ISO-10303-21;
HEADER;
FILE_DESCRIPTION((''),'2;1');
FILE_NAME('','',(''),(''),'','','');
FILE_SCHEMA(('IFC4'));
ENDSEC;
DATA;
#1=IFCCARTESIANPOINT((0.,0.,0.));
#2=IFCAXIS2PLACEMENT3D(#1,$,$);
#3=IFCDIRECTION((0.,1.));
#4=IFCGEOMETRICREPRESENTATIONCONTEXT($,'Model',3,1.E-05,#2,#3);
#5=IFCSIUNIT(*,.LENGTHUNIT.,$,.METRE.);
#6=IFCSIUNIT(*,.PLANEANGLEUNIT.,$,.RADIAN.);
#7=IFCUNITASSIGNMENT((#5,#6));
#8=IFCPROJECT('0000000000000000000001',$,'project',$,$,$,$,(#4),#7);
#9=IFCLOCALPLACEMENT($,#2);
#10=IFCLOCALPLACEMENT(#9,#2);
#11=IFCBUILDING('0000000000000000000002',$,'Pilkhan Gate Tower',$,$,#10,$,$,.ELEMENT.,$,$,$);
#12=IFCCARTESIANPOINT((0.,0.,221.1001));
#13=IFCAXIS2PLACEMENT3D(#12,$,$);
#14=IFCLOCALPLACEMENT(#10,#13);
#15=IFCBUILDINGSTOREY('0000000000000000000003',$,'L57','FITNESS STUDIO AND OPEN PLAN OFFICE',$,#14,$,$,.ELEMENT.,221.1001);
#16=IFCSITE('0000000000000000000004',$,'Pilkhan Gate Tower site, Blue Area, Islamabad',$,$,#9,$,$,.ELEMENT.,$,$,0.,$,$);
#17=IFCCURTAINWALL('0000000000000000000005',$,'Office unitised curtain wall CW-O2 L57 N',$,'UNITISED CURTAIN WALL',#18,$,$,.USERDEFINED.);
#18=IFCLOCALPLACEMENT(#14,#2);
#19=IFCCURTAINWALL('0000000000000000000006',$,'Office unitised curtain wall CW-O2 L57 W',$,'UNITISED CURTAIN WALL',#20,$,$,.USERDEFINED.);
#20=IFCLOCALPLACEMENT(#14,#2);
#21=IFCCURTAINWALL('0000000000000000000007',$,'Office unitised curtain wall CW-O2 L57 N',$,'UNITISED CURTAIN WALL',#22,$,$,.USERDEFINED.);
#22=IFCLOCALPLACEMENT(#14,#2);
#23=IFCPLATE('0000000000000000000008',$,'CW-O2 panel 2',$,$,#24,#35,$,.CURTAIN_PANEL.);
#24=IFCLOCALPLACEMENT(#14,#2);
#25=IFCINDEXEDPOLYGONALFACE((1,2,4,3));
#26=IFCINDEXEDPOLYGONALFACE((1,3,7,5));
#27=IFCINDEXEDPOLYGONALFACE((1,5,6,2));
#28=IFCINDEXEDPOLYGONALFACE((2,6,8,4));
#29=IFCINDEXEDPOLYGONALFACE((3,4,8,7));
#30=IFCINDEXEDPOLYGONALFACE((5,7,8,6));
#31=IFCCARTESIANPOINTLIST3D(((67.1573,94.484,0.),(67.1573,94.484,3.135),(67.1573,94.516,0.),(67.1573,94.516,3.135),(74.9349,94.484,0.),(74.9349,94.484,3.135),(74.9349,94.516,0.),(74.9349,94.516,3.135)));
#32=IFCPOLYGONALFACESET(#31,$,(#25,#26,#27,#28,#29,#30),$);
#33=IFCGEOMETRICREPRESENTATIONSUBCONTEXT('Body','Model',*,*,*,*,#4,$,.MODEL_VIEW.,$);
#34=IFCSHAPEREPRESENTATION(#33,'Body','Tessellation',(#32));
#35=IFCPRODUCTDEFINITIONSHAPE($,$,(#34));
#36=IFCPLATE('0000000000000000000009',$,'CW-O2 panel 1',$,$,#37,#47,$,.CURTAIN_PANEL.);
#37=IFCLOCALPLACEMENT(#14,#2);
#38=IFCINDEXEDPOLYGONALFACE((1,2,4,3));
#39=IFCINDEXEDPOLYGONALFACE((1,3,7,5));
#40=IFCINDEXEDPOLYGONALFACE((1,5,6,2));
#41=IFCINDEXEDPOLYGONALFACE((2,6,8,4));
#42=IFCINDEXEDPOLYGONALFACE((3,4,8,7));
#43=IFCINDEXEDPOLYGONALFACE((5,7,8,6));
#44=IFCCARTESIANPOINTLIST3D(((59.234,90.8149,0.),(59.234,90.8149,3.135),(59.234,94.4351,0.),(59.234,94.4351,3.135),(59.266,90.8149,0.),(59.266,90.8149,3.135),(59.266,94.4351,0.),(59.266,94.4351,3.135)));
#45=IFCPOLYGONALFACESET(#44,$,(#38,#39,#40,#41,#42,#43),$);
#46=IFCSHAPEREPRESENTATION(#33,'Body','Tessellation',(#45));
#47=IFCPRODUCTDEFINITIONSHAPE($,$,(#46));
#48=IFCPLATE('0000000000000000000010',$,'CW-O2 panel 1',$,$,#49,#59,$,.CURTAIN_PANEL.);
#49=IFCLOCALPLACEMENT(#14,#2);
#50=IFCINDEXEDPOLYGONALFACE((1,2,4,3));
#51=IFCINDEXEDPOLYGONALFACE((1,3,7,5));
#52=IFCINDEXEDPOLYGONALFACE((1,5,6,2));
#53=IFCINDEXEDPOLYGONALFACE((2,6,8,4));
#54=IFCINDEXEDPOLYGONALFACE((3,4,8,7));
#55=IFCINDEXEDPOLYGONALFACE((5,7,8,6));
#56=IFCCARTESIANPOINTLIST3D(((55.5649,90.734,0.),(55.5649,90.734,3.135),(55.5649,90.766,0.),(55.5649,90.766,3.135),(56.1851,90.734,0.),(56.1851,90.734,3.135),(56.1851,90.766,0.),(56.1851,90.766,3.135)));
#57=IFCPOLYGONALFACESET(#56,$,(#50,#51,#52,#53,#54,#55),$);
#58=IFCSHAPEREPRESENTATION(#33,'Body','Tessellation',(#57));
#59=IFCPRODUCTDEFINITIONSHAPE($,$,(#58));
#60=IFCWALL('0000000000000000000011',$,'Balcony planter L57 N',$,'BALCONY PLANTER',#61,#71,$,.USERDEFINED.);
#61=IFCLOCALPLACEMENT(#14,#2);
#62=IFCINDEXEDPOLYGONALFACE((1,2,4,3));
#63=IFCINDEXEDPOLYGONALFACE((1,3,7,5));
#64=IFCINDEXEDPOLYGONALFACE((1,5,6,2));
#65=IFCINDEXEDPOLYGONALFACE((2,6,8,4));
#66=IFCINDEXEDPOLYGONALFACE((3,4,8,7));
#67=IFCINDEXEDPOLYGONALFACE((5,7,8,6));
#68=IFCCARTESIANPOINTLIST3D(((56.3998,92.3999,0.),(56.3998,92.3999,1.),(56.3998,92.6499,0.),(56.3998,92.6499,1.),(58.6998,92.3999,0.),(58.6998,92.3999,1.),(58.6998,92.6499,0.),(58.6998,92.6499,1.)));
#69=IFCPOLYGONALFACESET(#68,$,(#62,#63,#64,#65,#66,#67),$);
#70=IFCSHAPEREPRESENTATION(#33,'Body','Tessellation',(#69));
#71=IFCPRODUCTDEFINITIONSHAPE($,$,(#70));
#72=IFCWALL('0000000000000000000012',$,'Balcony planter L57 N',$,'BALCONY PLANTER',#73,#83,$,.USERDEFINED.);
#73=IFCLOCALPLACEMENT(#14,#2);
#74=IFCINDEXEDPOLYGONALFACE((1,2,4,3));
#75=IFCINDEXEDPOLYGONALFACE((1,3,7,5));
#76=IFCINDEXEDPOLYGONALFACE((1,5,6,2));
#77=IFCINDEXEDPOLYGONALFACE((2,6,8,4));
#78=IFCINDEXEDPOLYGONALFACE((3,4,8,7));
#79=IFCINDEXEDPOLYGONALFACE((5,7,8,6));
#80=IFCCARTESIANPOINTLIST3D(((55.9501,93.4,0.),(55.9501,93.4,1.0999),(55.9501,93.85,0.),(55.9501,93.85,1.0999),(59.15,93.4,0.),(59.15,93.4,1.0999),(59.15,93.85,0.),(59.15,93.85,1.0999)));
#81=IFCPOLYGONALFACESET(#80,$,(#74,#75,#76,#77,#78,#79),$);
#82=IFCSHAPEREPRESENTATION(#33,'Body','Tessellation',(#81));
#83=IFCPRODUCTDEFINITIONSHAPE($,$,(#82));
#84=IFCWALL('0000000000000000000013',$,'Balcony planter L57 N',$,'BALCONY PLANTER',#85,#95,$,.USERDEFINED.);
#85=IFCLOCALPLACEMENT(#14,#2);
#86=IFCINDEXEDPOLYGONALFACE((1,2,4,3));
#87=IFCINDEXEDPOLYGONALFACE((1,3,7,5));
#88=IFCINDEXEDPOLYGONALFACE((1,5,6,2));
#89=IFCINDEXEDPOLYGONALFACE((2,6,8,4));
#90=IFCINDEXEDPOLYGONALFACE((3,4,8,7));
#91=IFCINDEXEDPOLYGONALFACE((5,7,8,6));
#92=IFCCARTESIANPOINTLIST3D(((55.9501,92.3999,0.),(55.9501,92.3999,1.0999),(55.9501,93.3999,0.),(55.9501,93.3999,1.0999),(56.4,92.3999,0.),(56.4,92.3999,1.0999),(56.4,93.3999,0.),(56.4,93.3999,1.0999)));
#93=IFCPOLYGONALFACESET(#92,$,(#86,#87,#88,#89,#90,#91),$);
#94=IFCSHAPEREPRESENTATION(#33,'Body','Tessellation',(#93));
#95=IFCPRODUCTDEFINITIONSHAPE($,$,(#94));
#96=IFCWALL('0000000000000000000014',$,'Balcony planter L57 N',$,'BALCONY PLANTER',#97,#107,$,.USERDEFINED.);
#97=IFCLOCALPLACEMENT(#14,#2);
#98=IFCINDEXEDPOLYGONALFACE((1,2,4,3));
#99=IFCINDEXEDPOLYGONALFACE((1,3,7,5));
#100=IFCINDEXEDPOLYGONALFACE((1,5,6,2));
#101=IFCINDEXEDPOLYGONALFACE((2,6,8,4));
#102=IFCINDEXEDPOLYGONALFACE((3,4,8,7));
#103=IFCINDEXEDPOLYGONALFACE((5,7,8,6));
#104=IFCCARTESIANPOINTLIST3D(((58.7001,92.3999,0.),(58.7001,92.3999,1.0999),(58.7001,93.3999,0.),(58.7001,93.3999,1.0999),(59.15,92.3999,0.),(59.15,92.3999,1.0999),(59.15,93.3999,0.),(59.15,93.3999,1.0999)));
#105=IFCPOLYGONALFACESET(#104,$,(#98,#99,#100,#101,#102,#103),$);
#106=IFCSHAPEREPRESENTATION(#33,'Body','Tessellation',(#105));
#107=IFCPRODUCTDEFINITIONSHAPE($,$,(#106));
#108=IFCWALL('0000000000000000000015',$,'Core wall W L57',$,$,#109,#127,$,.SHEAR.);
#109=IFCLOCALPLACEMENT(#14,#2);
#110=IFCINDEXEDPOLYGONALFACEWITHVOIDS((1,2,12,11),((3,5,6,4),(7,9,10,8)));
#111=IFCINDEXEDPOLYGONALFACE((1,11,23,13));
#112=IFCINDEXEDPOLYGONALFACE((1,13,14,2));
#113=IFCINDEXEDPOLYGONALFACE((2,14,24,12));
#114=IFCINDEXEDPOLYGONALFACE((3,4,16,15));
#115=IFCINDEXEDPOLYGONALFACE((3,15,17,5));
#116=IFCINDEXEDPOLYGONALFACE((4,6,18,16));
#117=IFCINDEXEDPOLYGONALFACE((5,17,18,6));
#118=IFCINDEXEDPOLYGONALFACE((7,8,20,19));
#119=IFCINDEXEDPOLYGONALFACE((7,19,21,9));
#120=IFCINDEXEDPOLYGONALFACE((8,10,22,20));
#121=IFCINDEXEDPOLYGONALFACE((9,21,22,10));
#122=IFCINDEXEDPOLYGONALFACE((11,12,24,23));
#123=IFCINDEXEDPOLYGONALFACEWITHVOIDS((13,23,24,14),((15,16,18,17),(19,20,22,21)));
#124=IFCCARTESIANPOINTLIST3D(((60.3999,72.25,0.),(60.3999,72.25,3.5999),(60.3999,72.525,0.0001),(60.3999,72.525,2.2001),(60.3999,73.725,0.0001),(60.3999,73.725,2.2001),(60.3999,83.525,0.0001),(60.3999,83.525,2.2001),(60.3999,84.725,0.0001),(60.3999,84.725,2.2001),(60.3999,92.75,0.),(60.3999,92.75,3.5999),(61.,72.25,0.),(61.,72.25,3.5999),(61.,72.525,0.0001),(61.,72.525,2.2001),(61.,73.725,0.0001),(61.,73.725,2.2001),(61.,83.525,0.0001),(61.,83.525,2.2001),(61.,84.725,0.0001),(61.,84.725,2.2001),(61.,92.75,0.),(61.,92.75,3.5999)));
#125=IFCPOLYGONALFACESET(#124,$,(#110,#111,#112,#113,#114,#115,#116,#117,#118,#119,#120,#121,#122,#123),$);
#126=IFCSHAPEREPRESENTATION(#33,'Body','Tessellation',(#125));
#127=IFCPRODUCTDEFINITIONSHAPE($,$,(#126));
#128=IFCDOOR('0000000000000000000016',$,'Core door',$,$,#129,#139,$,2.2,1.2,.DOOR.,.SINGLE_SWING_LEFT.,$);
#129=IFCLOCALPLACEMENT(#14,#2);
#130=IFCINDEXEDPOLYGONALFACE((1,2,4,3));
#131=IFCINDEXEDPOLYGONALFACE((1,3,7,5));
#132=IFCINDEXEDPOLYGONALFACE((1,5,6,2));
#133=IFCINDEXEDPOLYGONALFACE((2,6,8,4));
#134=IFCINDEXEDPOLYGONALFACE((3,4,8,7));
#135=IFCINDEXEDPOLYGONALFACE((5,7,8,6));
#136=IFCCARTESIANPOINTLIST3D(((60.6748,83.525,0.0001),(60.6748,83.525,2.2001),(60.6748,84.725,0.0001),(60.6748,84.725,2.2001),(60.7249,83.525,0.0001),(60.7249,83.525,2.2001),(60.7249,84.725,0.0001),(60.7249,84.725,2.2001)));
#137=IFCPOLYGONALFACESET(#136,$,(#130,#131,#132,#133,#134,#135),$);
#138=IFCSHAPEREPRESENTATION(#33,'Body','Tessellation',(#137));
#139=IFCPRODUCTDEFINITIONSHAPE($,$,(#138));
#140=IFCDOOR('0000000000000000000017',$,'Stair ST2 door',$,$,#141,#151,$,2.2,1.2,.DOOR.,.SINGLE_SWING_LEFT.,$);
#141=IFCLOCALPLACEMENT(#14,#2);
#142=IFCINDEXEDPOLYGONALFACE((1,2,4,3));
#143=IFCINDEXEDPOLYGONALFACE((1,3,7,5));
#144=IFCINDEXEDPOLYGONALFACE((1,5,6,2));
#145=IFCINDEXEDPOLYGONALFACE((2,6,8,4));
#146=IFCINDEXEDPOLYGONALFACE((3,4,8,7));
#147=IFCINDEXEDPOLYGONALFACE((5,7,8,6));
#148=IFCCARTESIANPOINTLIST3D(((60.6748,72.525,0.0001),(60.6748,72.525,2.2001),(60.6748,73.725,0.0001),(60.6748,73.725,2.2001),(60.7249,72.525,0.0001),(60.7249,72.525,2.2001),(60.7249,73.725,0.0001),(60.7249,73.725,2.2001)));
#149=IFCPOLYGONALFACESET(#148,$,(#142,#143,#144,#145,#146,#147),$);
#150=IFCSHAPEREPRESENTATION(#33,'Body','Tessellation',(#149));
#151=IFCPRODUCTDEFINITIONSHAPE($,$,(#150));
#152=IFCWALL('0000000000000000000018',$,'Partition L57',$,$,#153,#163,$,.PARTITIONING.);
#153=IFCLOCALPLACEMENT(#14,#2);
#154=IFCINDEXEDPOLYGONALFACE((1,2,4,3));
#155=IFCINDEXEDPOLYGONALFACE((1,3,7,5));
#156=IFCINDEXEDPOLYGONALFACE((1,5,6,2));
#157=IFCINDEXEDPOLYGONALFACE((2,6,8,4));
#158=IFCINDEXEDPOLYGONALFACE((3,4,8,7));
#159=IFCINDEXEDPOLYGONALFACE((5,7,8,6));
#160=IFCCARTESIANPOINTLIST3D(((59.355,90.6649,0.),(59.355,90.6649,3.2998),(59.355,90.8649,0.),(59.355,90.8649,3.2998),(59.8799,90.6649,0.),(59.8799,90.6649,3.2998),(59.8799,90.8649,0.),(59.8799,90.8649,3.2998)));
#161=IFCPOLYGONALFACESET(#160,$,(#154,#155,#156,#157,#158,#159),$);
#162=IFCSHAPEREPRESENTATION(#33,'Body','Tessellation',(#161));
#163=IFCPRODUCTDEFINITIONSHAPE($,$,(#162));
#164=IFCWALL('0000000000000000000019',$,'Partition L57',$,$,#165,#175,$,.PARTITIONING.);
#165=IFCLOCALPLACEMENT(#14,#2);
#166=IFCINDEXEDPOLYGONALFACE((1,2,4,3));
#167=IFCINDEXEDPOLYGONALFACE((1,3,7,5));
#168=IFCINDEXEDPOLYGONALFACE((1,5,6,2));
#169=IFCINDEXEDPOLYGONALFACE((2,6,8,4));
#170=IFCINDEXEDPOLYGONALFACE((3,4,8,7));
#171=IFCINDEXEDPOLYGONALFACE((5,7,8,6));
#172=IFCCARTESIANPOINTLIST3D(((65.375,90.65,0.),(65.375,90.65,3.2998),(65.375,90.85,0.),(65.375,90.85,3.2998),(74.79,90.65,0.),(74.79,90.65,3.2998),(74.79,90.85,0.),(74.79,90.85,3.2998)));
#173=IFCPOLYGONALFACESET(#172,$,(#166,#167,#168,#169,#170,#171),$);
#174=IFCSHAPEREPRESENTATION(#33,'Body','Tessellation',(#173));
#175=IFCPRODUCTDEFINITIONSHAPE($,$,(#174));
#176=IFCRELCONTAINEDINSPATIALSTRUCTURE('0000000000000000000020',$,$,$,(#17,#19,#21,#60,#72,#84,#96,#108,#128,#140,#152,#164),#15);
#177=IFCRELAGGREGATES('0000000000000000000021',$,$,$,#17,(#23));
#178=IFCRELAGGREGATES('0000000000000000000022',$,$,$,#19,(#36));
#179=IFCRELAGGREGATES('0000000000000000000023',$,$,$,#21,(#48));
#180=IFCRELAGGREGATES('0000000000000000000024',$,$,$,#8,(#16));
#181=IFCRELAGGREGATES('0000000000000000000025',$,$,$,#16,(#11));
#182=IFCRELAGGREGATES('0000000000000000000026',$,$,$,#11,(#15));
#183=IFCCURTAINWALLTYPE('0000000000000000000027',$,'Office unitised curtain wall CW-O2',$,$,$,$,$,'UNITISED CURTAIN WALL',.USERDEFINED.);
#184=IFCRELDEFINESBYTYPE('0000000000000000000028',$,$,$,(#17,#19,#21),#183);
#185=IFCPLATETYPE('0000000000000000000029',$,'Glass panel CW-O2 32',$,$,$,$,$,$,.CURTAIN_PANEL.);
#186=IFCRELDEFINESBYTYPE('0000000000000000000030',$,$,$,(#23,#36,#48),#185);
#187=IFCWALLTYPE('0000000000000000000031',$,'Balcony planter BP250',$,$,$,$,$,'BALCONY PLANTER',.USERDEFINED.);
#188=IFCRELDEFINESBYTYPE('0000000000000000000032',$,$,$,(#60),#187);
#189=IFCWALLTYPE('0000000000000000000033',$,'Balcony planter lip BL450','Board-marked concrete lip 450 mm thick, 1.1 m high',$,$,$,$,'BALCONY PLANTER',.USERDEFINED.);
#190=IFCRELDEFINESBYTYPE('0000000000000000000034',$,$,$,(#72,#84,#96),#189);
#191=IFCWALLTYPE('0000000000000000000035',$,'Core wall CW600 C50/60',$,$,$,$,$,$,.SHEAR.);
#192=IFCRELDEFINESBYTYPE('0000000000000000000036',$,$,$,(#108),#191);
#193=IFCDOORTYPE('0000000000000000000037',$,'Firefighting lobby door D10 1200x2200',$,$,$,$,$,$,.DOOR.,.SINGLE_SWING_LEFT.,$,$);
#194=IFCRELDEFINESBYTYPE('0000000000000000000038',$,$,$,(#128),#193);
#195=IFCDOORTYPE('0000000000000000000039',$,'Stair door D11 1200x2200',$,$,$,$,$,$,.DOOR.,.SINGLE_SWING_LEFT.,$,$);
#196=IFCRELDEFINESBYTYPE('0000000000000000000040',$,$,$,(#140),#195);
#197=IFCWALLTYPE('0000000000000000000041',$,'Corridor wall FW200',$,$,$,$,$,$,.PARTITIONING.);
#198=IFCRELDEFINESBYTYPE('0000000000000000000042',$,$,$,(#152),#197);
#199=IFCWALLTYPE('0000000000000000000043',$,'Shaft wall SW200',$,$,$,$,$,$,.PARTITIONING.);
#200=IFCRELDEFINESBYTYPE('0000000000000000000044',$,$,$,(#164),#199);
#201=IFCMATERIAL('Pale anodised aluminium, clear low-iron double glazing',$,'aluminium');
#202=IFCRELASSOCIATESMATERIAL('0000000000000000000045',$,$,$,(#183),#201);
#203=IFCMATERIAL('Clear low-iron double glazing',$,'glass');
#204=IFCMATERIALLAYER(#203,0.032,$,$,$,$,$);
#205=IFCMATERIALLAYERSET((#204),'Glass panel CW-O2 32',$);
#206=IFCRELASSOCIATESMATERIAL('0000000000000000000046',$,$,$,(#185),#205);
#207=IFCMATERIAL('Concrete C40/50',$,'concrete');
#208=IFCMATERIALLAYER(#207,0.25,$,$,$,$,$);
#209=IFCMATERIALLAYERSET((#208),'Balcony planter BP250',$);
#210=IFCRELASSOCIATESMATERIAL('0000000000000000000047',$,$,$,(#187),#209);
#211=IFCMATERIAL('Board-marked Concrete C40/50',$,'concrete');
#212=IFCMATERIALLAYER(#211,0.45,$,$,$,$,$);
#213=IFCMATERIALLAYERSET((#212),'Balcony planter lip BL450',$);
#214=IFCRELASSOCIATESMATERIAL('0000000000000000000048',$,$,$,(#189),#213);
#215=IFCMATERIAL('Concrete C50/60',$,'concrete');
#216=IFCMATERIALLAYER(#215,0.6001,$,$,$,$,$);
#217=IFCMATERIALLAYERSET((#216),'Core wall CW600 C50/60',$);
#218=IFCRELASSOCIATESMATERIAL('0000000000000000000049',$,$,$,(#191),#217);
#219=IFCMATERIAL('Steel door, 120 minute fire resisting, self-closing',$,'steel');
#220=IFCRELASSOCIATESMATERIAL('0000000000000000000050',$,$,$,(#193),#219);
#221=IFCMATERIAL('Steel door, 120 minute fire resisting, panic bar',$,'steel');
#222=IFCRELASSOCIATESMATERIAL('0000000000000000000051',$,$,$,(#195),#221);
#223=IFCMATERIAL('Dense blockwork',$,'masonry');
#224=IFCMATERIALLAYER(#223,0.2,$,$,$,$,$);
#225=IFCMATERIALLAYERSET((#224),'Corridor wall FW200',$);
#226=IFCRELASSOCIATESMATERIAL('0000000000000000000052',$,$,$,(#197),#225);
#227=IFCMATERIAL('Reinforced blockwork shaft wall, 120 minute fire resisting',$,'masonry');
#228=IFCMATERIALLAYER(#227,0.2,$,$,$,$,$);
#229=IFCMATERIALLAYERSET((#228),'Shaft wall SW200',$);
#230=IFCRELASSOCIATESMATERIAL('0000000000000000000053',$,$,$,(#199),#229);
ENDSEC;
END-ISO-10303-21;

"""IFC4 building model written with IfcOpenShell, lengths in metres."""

from ifc_helpers import new_model, si_unit, direction, frame, frame_2d, origin, origin_2d, place, context, subcontext, project, spatial, rectangle, extrude, material, layer, layer_set, type_object, element, fill, aggregate, save


model = new_model("IFC4")

# Units and contexts
model_context = context("Model", 3, precision=1e-05, world=origin(), true_north=direction((0.0, 1.0)))
body_context = subcontext(model_context, "Body", "Model", "MODEL_VIEW")
ifc_project = project(units=[si_unit("LENGTHUNIT", "METRE"), si_unit("PLANEANGLEUNIT", "RADIAN")], contexts=[model_context])

# Site, building, storey
site_placement = place(None, origin())
site = spatial("IfcSite", under=ifc_project, at=site_placement, Name="Pilkhan Gate Tower site, Blue Area, Islamabad", CompositionType="ELEMENT", RefElevation=0.0)
building_placement = place(site_placement, origin())
building = spatial("IfcBuilding", under=site, at=building_placement, Name="Pilkhan Gate Tower", CompositionType="ELEMENT")
storey_placement = place(building_placement, frame((0.0, 0.0, 221.1001)))
storey = spatial("IfcBuildingStorey", under=building, at=storey_placement, Name="L57", Description="FITNESS STUDIO AND OPEN PLAN OFFICE", CompositionType="ELEMENT", Elevation=221.1001)

# Shared definitions
ifc_material_1 = material(Name="Concrete C50/60", Category="concrete")

# Curtain walls
ifc_material_2 = material(Name="Pale anodised aluminium, clear low-iron double glazing", Category="aluminium")
curtain_wall_type = type_object("IfcCurtainWallType", Name="Office unitised curtain wall CW-O2", ElementType="UNITISED CURTAIN WALL", PredefinedType="USERDEFINED", material=ifc_material_2)
curtain_wall_1_placement = place(storey_placement, origin())
curtain_wall_1 = element("IfcCurtainWall", 1, at=curtain_wall_1_placement, inside=storey, type_object=curtain_wall_type, Name="Office unitised curtain wall CW-O2 L57 N", ObjectType="UNITISED CURTAIN WALL", PredefinedType="USERDEFINED")
curtain_wall_2_placement = place(storey_placement, origin())
curtain_wall_2 = element("IfcCurtainWall", 2, at=curtain_wall_2_placement, inside=storey, type_object=curtain_wall_type, Name="Office unitised curtain wall CW-O2 L57 W", ObjectType="UNITISED CURTAIN WALL", PredefinedType="USERDEFINED")
curtain_wall_3_placement = place(storey_placement, origin())
curtain_wall_3 = element("IfcCurtainWall", 3, at=curtain_wall_3_placement, inside=storey, type_object=curtain_wall_type, Name="Office unitised curtain wall CW-O2 L57 N", ObjectType="UNITISED CURTAIN WALL", PredefinedType="USERDEFINED")

# Plates
ifc_material_3 = material(Name="Clear low-iron double glazing", Category="glass")
ifc_layer_1 = layer(ifc_material_3, 0.032)
ifc_layer_set_1 = layer_set([ifc_layer_1], Name="Glass panel CW-O2 32")
plate_type = type_object("IfcPlateType", Name="Glass panel CW-O2 32", PredefinedType="CURTAIN_PANEL", material=ifc_layer_set_1)
plate_1_placement = place(storey_placement, frame((71.0461, 94.5, 0.0), z_axis=(0.0, 0.0, 1.0), x_axis=(1.0, 0.0, 0.0)))
plate_1 = element("IfcPlate", 4, at=plate_1_placement, type_object=plate_type, Name="CW-O2 panel 2", PredefinedType="CURTAIN_PANEL", context=body_context, shape_type="SweptSolid", body=[
    extrude(rectangle(XDim=7.7776, YDim=0.032, at=origin_2d()), origin(), (0.0, 0.0, 1.0), 3.135),
])
aggregate(curtain_wall_1, [plate_1])
plate_2_placement = place(storey_placement, frame((59.25, 92.625, 0.0), z_axis=(0.0, 0.0, 1.0), x_axis=(0.0, 1.0, 0.0)))
plate_2 = element("IfcPlate", 5, at=plate_2_placement, type_object=plate_type, Name="CW-O2 panel 1", PredefinedType="CURTAIN_PANEL", context=body_context, shape_type="SweptSolid", body=[
    extrude(rectangle(XDim=3.6201, YDim=0.032, at=origin_2d()), origin(), (0.0, 0.0, 1.0), 3.135),
])
aggregate(curtain_wall_2, [plate_2])
plate_3_placement = place(storey_placement, frame((55.875, 90.75, 0.0), z_axis=(0.0, 0.0, 1.0), x_axis=(1.0, 0.0, 0.0)))
plate_3 = element("IfcPlate", 6, at=plate_3_placement, type_object=plate_type, Name="CW-O2 panel 1", PredefinedType="CURTAIN_PANEL", context=body_context, shape_type="SweptSolid", body=[
    extrude(rectangle(XDim=0.6201, YDim=0.032, at=origin_2d()), origin(), (0.0, 0.0, 1.0), 3.135),
])
aggregate(curtain_wall_3, [plate_3])

# Walls
ifc_material_4 = material(Name="Concrete C40/50", Category="concrete")
ifc_layer_2 = layer(ifc_material_4, 0.25)
ifc_layer_set_2 = layer_set([ifc_layer_2], Name="Balcony planter BP250")
wall_type_1 = type_object("IfcWallType", Name="Balcony planter BP250", ElementType="BALCONY PLANTER", PredefinedType="USERDEFINED", material=ifc_layer_set_2)
wall_1_placement = place(storey_placement, frame((56.3999, 92.5249, 0.0), z_axis=(0.0, 0.0, 1.0), x_axis=(1.0, 0.0, 0.0)))
element("IfcWall", 7, at=wall_1_placement, inside=storey, type_object=wall_type_1, Name="Balcony planter L57 N", ObjectType="BALCONY PLANTER", PredefinedType="USERDEFINED", context=body_context, shape_type="SweptSolid", body=[
    extrude(rectangle(XDim=2.3, YDim=0.25, at=frame_2d((1.1499, 0.0))), origin(), (0.0, 0.0, 1.0), 1.0),
])
ifc_material_5 = material(Name="Board-marked Concrete C40/50", Category="concrete")
ifc_layer_3 = layer(ifc_material_5, 0.45)
ifc_layer_set_3 = layer_set([ifc_layer_3], Name="Balcony planter lip BL450")
wall_type_2 = type_object("IfcWallType", Name="Balcony planter lip BL450", Description="Board-marked concrete lip 450 mm thick, 1.1 m high", ElementType="BALCONY PLANTER", PredefinedType="USERDEFINED", material=ifc_layer_set_3)
wall_2_placement = place(storey_placement, frame((55.95, 93.625, 0.0), z_axis=(0.0, 0.0, 1.0), x_axis=(1.0, 0.0, 0.0)))
element("IfcWall", 8, at=wall_2_placement, inside=storey, type_object=wall_type_2, Name="Balcony planter L57 N", ObjectType="BALCONY PLANTER", PredefinedType="USERDEFINED", context=body_context, shape_type="SweptSolid", body=[
    extrude(rectangle(XDim=3.2, YDim=0.45, at=frame_2d((1.6001, 0.0))), origin(), (0.0, 0.0, 1.0), 1.0999),
])
for number, where, z_axis, x_axis, name in (
    (9, (56.175, 92.3999, 0.0), (0.0, 0.0, 1.0), (0.0, 1.0, 0.0), "Balcony planter L57 N"),
    (10, (58.925, 92.3999, 0.0), (0.0, 0.0, 1.0), (0.0, 1.0, 0.0), "Balcony planter L57 N"),
):
    element("IfcWall", number, at=place(storey_placement, frame(where, z_axis=z_axis, x_axis=x_axis)), inside=storey, type_object=wall_type_2, Name=name, ObjectType="BALCONY PLANTER", PredefinedType="USERDEFINED", context=body_context, shape_type="SweptSolid", body=[
        extrude(rectangle(XDim=1.0, YDim=0.45, at=frame_2d((0.5, 0.0))), origin(), (0.0, 0.0, 1.0), 1.0999),
    ])

# Wall, openings, doors
ifc_layer_4 = layer(ifc_material_1, 0.6001)
ifc_layer_set_4 = layer_set([ifc_layer_4], Name="Core wall CW600 C50/60")
wall_type_3 = type_object("IfcWallType", Name="Core wall CW600 C50/60", PredefinedType="SHEAR", material=ifc_layer_set_4)
wall_3_placement = place(storey_placement, frame((60.7, 92.75, 0.0), z_axis=(0.0, 0.0, 1.0), x_axis=(0.0, -1.0, 0.0)))
wall_3 = element("IfcWall", 11, at=wall_3_placement, inside=storey, type_object=wall_type_3, Name="Core wall W L57", PredefinedType="SHEAR", context=body_context, shape_type="SweptSolid", body=[
    extrude(rectangle(XDim=20.5, YDim=0.6001, at=frame_2d((10.25, 0.0))), origin(), (0.0, 0.0, 1.0), 3.5999),
])
opening_1_placement = place(wall_3_placement, frame((19.0249, 0.0, 0.0)))
opening_1 = element("IfcOpeningElement", 12, at=opening_1_placement, cuts=wall_3, PredefinedType="OPENING", context=body_context, shape_type="SweptSolid", body=[
    extrude(rectangle(XDim=1.2, YDim=2.2, at=frame_2d((0.6001, 1.1001))), frame((0.0, 0.3101, 0.0), z_axis=(0.0, -1.0, 0.0), x_axis=(1.0, 0.0, 0.0)), (0.0, 0.0, 1.0), 0.6201),
])
opening_2_placement = place(wall_3_placement, frame((8.0249, 0.0, 0.0)))
opening_2 = element("IfcOpeningElement", 13, at=opening_2_placement, cuts=wall_3, PredefinedType="OPENING", context=body_context, shape_type="SweptSolid", body=[
    extrude(rectangle(XDim=1.2, YDim=2.2, at=frame_2d((0.6001, 1.1001))), frame((0.0, 0.3101, 0.0), z_axis=(0.0, -1.0, 0.0), x_axis=(1.0, 0.0, 0.0)), (0.0, 0.0, 1.0), 0.6201),
])
ifc_material_6 = material(Name="Steel door, 120 minute fire resisting, self-closing", Category="steel")
door_type_1 = type_object("IfcDoorType", Name="Firefighting lobby door D10 1200x2200", OperationType="SINGLE_SWING_LEFT", PredefinedType="DOOR", material=ifc_material_6)
door_1_placement = place(opening_2_placement, origin())
door_1 = element("IfcDoor", 14, at=door_1_placement, inside=storey, type_object=door_type_1, Name="Core door", OperationType="SINGLE_SWING_LEFT", OverallHeight=2.2, OverallWidth=1.2, PredefinedType="DOOR", context=body_context, shape_type="SweptSolid", body=[
    extrude(rectangle(XDim=1.2, YDim=2.2, at=frame_2d((0.6001, 1.1001))), frame((0.0, 0.0249, 0.0), z_axis=(0.0, -1.0, 0.0), x_axis=(1.0, 0.0, 0.0)), (0.0, 0.0, 1.0), 0.05),
])
fill(opening_2, door_1)
ifc_material_7 = material(Name="Steel door, 120 minute fire resisting, panic bar", Category="steel")
door_type_2 = type_object("IfcDoorType", Name="Stair door D11 1200x2200", OperationType="SINGLE_SWING_LEFT", PredefinedType="DOOR", material=ifc_material_7)
door_2_placement = place(opening_1_placement, origin())
door_2 = element("IfcDoor", 15, at=door_2_placement, inside=storey, type_object=door_type_2, Name="Stair ST2 door", OperationType="SINGLE_SWING_LEFT", OverallHeight=2.2, OverallWidth=1.2, PredefinedType="DOOR", context=body_context, shape_type="SweptSolid", body=[
    extrude(rectangle(XDim=1.2, YDim=2.2, at=frame_2d((0.6001, 1.1001))), frame((0.0, 0.0249, 0.0), z_axis=(0.0, -1.0, 0.0), x_axis=(1.0, 0.0, 0.0)), (0.0, 0.0, 1.0), 0.05),
])
fill(opening_1, door_2)

# Wall
ifc_material_8 = material(Name="Dense blockwork", Category="masonry")
ifc_layer_5 = layer(ifc_material_8, 0.2)
ifc_layer_set_5 = layer_set([ifc_layer_5], Name="Corridor wall FW200")
wall_type_4 = type_object("IfcWallType", Name="Corridor wall FW200", PredefinedType="PARTITIONING", material=ifc_layer_set_5)
wall_4_placement = place(storey_placement, frame((59.355, 90.7649, 0.0), z_axis=(0.0, 0.0, 1.0), x_axis=(1.0, 0.0, 0.0)))
element("IfcWall", 16, at=wall_4_placement, inside=storey, type_object=wall_type_4, Name="Partition L57", PredefinedType="PARTITIONING", context=body_context, shape_type="SweptSolid", body=[
    extrude(rectangle(XDim=0.5249, YDim=0.2, at=frame_2d((0.2625, 0.0))), origin(), (0.0, 0.0, 1.0), 3.2998),
])

# Wall
ifc_material_9 = material(Name="Reinforced blockwork shaft wall, 120 minute fire resisting", Category="masonry")
ifc_layer_6 = layer(ifc_material_9, 0.2)
ifc_layer_set_6 = layer_set([ifc_layer_6], Name="Shaft wall SW200")
wall_type_5 = type_object("IfcWallType", Name="Shaft wall SW200", PredefinedType="PARTITIONING", material=ifc_layer_set_6)
wall_5_placement = place(storey_placement, frame((65.375, 90.75, 0.0), z_axis=(0.0, 0.0, 1.0), x_axis=(1.0, 0.0, 0.0)))
element("IfcWall", 17, at=wall_5_placement, inside=storey, type_object=wall_type_5, Name="Partition L57", PredefinedType="PARTITIONING", context=body_context, shape_type="SweptSolid", body=[
    extrude(rectangle(XDim=9.415, YDim=0.2, at=frame_2d((4.7075, 0.0))), origin(), (0.0, 0.0, 1.0), 3.2998),
])

save(model, "model.ifc")
